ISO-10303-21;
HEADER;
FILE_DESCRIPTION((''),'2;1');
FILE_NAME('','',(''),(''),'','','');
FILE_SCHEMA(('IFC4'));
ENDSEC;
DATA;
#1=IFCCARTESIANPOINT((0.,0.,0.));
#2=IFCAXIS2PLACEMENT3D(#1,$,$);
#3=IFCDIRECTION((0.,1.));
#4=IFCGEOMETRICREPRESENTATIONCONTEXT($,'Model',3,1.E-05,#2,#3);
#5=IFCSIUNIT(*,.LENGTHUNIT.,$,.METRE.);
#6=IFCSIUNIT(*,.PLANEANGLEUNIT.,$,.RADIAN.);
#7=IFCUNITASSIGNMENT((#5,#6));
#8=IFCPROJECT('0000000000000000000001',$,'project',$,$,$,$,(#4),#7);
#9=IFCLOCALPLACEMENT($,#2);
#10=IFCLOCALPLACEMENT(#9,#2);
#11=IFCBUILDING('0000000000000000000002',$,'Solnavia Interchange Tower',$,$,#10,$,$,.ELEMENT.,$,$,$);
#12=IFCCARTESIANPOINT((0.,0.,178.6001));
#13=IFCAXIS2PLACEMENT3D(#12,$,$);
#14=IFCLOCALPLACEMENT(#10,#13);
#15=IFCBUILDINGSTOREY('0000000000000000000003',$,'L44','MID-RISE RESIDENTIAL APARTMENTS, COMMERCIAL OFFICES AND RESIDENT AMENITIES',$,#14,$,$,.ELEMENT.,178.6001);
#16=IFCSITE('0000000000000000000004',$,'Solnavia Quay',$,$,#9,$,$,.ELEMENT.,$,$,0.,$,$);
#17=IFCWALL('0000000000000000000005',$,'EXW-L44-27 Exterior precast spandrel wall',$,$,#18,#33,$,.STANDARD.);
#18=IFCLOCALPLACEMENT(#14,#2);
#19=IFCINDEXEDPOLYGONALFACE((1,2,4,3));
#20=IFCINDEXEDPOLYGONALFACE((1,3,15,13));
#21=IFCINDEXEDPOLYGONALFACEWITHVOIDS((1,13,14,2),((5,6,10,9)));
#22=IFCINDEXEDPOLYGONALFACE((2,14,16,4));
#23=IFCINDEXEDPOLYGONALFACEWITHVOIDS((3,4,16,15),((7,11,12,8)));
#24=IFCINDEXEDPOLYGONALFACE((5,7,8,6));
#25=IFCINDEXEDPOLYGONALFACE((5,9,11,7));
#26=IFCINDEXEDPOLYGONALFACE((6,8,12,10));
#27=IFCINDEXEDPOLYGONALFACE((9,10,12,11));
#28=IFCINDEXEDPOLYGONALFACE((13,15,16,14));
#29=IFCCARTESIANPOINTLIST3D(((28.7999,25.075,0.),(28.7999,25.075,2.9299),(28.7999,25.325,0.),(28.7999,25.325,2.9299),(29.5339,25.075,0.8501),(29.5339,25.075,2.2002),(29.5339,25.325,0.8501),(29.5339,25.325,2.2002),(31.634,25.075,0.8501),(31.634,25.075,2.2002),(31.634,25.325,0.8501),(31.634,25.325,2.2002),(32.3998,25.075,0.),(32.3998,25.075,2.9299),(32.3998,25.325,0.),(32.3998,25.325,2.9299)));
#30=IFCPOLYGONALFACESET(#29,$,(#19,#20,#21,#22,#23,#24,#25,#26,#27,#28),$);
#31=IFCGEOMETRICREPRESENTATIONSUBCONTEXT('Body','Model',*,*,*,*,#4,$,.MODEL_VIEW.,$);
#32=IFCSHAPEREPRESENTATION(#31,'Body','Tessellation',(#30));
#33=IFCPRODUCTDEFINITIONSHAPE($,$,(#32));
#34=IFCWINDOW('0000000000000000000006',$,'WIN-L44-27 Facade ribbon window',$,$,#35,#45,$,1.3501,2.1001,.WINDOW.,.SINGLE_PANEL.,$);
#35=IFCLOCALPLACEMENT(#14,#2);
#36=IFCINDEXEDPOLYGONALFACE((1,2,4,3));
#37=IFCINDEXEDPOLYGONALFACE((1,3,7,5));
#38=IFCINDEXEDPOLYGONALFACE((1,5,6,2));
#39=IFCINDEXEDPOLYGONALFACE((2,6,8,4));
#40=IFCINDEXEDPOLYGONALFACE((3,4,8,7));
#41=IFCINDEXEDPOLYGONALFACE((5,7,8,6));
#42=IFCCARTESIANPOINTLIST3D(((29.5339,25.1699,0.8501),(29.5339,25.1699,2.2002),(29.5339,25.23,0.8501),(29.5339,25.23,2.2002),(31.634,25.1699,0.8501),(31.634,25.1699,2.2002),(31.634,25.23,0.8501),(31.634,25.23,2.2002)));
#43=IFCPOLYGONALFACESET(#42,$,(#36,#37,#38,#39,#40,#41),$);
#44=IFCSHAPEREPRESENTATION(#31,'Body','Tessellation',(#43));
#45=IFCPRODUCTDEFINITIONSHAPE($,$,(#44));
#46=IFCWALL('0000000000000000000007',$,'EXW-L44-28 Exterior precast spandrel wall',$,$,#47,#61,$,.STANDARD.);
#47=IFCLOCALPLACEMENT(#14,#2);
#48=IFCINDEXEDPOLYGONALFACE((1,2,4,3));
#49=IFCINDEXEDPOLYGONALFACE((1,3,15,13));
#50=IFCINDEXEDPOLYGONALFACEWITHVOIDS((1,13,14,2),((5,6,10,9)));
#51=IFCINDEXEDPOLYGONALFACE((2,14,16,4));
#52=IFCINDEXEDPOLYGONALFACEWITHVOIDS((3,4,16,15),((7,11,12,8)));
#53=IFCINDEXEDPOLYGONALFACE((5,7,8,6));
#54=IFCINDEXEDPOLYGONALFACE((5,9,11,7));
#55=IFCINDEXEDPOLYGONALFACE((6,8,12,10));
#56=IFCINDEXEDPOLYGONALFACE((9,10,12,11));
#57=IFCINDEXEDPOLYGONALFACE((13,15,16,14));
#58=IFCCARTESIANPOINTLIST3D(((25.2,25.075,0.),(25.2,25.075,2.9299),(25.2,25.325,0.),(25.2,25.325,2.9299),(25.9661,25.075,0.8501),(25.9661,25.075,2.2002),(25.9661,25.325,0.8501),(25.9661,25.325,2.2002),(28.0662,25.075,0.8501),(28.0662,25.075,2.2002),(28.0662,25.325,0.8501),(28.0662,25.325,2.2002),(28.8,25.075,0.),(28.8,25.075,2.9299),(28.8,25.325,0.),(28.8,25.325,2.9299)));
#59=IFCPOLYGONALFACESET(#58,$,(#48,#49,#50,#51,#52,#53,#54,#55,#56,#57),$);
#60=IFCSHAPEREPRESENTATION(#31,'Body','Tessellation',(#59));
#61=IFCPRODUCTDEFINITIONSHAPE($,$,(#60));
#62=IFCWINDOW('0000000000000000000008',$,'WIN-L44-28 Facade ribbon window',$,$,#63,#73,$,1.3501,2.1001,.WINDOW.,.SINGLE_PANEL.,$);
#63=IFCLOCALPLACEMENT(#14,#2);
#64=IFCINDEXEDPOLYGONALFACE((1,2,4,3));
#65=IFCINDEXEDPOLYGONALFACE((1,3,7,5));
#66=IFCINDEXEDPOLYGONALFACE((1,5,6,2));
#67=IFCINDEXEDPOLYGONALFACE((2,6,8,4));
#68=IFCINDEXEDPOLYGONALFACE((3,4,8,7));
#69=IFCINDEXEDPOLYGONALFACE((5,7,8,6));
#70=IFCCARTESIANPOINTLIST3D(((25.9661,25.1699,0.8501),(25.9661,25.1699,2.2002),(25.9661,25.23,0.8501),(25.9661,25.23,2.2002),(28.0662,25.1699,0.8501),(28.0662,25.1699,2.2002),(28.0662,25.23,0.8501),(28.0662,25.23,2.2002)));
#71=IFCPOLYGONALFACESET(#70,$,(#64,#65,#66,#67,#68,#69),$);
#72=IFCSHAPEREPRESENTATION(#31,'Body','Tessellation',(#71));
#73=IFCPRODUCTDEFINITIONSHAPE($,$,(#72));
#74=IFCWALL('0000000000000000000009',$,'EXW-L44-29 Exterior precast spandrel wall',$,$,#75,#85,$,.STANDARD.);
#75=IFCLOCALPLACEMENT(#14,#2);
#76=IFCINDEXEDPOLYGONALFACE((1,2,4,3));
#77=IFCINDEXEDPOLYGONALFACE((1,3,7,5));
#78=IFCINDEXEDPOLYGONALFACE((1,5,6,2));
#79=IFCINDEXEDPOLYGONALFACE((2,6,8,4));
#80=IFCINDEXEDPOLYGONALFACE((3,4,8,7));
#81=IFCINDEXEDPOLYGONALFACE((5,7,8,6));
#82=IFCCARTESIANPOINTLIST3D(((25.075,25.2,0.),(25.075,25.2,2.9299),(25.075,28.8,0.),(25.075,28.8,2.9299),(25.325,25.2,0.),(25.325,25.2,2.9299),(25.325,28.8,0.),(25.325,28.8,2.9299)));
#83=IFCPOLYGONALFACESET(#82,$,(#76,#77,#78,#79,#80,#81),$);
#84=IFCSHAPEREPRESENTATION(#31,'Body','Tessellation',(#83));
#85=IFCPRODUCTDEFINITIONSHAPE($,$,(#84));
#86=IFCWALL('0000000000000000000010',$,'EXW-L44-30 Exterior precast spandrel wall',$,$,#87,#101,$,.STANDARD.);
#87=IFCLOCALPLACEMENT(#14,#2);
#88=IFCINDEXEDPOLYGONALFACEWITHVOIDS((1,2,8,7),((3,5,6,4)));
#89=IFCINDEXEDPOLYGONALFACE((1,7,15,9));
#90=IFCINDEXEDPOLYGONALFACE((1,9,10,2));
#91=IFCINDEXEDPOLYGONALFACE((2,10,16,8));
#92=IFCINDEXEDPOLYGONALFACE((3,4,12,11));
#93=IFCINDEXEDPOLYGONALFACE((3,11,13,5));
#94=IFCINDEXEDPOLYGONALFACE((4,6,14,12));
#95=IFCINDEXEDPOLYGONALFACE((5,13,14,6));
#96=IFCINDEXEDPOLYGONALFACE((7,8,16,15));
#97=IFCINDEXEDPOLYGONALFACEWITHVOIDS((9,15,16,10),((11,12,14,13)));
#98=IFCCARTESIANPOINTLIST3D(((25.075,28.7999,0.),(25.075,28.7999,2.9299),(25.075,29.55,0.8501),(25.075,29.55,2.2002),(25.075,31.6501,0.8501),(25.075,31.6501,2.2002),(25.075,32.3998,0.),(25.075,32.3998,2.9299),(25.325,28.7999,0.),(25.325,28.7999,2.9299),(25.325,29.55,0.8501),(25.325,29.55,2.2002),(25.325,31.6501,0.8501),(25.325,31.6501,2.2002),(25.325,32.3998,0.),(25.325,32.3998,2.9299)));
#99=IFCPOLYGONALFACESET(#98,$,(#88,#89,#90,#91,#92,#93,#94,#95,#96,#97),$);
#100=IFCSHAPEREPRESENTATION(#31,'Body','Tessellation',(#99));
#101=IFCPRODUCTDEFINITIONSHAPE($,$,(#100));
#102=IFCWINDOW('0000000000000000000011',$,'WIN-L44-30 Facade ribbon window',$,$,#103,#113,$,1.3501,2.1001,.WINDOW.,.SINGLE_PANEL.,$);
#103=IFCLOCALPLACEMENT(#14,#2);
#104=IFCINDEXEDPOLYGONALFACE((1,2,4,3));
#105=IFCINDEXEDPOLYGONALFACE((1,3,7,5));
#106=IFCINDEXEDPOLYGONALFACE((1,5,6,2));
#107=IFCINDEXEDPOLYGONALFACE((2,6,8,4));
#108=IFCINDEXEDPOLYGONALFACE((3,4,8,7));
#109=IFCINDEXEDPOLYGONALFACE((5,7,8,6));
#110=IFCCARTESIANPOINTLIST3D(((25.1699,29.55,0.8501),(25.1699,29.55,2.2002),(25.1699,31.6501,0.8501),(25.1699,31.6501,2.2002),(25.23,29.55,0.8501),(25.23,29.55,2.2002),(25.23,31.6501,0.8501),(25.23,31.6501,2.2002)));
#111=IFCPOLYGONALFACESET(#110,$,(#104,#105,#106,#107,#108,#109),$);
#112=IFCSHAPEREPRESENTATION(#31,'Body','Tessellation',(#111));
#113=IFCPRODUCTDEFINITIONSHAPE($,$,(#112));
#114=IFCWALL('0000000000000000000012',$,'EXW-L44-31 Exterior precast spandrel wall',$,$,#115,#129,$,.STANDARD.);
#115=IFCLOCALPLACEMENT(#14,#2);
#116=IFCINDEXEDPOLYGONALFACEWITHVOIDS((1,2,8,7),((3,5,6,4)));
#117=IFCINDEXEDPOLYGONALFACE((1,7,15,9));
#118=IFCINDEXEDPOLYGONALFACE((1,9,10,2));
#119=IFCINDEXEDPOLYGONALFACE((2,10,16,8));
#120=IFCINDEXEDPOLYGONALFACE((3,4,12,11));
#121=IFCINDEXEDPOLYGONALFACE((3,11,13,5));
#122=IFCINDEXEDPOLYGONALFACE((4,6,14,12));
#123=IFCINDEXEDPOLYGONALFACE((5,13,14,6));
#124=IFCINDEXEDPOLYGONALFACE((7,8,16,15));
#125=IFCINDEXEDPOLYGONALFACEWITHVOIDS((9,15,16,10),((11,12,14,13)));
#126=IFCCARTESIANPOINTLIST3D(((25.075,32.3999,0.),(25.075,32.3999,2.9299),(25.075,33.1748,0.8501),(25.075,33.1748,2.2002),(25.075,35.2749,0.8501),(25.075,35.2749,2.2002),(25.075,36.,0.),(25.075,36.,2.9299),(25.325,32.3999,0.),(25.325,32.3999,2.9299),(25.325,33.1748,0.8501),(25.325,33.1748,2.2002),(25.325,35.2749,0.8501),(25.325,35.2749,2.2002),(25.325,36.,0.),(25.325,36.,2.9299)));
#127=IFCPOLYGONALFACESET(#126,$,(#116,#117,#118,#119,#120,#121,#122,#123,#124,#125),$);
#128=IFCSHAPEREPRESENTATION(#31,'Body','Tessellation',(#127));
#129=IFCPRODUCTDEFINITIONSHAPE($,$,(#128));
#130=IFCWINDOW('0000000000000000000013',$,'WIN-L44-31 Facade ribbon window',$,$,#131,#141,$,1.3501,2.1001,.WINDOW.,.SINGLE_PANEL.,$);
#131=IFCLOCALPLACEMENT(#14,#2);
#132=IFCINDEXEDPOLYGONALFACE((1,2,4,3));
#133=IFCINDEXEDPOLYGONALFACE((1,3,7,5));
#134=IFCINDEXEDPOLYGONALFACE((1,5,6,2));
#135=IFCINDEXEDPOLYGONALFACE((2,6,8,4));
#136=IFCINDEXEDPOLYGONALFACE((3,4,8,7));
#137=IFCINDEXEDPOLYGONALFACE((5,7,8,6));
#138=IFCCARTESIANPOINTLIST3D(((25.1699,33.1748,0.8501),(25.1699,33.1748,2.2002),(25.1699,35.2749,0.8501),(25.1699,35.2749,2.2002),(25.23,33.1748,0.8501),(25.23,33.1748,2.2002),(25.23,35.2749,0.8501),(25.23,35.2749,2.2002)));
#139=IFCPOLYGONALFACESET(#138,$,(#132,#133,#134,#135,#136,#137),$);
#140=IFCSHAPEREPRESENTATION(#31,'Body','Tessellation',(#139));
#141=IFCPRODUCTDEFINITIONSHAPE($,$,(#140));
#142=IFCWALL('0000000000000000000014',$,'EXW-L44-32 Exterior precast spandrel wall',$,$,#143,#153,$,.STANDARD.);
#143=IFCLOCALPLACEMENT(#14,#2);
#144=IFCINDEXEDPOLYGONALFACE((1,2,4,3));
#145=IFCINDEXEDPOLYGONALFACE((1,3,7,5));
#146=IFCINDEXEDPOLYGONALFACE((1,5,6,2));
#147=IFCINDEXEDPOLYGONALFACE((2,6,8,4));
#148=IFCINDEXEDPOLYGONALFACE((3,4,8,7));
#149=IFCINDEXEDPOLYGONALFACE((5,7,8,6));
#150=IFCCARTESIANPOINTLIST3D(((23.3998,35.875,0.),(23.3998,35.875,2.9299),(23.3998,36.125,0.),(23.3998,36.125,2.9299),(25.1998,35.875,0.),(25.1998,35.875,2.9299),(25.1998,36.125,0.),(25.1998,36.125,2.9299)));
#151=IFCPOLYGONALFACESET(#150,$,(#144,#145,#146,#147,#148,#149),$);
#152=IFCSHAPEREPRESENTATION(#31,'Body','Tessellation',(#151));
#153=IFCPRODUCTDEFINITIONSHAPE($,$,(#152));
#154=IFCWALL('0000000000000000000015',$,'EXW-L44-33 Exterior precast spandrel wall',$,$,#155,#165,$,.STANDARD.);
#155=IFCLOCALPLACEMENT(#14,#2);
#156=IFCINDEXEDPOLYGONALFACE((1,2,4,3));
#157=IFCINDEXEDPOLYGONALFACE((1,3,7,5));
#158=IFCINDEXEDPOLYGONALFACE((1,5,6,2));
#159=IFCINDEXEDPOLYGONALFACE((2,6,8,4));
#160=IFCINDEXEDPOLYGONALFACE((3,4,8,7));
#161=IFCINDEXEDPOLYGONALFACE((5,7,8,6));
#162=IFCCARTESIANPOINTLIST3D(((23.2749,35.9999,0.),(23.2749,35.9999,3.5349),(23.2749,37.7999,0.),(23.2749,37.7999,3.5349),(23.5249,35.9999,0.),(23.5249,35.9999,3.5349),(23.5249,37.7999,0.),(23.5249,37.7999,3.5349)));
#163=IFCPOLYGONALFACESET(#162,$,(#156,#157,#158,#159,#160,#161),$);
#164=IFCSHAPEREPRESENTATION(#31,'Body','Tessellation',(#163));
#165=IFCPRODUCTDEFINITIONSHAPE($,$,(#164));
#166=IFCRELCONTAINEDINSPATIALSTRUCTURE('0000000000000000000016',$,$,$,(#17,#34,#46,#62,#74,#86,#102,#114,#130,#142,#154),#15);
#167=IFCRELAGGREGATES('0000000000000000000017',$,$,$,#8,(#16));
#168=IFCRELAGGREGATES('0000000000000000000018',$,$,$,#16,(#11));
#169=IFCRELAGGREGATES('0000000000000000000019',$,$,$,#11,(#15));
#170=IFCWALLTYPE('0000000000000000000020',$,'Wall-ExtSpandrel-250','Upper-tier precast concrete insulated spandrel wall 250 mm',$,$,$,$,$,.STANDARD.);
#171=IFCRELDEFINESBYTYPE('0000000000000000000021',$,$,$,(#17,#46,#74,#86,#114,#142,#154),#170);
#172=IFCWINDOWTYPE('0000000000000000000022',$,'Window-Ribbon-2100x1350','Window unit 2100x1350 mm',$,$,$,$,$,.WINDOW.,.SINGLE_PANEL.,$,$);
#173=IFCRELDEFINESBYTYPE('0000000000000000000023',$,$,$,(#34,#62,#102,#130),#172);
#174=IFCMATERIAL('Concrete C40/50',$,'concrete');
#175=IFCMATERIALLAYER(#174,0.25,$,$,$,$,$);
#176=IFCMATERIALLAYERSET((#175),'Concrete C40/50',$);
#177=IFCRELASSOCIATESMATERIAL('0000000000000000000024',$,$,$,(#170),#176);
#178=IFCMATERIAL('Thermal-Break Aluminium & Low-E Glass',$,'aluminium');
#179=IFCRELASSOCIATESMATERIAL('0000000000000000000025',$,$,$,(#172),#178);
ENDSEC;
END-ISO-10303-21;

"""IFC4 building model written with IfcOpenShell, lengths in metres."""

from ifc_helpers import new_model, si_unit, direction, frame, frame_2d, origin, place, context, subcontext, project, spatial, rectangle, extrude, material, layer, layer_set, type_object, element, fill, save


model = new_model("IFC4")

# Units and contexts
model_context = context("Model", 3, precision=1e-05, world=origin(), true_north=direction((0.0, 1.0)))
body_context = subcontext(model_context, "Body", "Model", "MODEL_VIEW")
ifc_project = project(units=[si_unit("LENGTHUNIT", "METRE"), si_unit("PLANEANGLEUNIT", "RADIAN")], contexts=[model_context])

# Site, building, storey
site_placement = place(None, origin())
site = spatial("IfcSite", under=ifc_project, at=site_placement, Name="Solnavia Quay", CompositionType="ELEMENT", RefElevation=0.0)
building_placement = place(site_placement, origin())
building = spatial("IfcBuilding", under=site, at=building_placement, Name="Solnavia Interchange Tower", CompositionType="ELEMENT")
storey_placement = place(building_placement, frame((0.0, 0.0, 178.6001)))
storey = spatial("IfcBuildingStorey", under=building, at=storey_placement, Name="L44", Description="MID-RISE RESIDENTIAL APARTMENTS, COMMERCIAL OFFICES AND RESIDENT AMENITIES", CompositionType="ELEMENT", Elevation=178.6001)

# Shared definitions
ifc_material_1 = material(Name="Concrete C40/50", Category="concrete")
ifc_layer = layer(ifc_material_1, 0.25)
ifc_layer_set = layer_set([ifc_layer], Name="Concrete C40/50")
wall_type = type_object("IfcWallType", Name="Wall-ExtSpandrel-250", Description="Upper-tier precast concrete insulated spandrel wall 250 mm", PredefinedType="STANDARD", material=ifc_layer_set)

# Walls, openings, windows
wall_1_placement = place(storey_placement, frame((28.8, 25.2, 0.0), z_axis=(0.0, 0.0, 1.0), x_axis=(1.0, 0.0, 0.0)))
wall_1 = element("IfcWall", 1, at=wall_1_placement, inside=storey, type_object=wall_type, Name="EXW-L44-27 Exterior precast spandrel wall", PredefinedType="STANDARD", context=body_context, shape_type="SweptSolid", body=[
    extrude(rectangle(XDim=3.5999, YDim=0.25, at=frame_2d((1.7998, 0.0))), origin(), (0.0, 0.0, 1.0), 2.9299),
])
opening_1_placement = place(wall_1_placement, frame((0.7339, 0.0, 0.8501)))
opening_1 = element("IfcOpeningElement", 2, at=opening_1_placement, cuts=wall_1, PredefinedType="OPENING", context=body_context, shape_type="SweptSolid", body=[
    extrude(rectangle(XDim=2.1001, YDim=1.3501, at=frame_2d((1.05, 0.675))), frame((0.0, 0.135, 0.0), z_axis=(0.0, -1.0, 0.0), x_axis=(1.0, 0.0, 0.0)), (0.0, 0.0, 1.0), 0.27),
])
ifc_material_2 = material(Name="Thermal-Break Aluminium & Low-E Glass", Category="aluminium")
window_type = type_object("IfcWindowType", Name="Window-Ribbon-2100x1350", Description="Window unit 2100x1350 mm", PartitioningType="SINGLE_PANEL", PredefinedType="WINDOW", material=ifc_material_2)
window_1_placement = place(opening_1_placement, origin())
window_1 = element("IfcWindow", 3, at=window_1_placement, inside=storey, type_object=window_type, Name="WIN-L44-27 Facade ribbon window", OverallHeight=1.3501, OverallWidth=2.1001, PartitioningType="SINGLE_PANEL", PredefinedType="WINDOW", context=body_context, shape_type="SweptSolid", body=[
    extrude(rectangle(XDim=2.1001, YDim=1.3501, at=frame_2d((1.05, 0.675))), frame((0.0, 0.03, 0.0), z_axis=(0.0, -1.0, 0.0), x_axis=(1.0, 0.0, 0.0)), (0.0, 0.0, 1.0), 0.0601),
])
fill(opening_1, window_1)
wall_2_placement = place(storey_placement, frame((25.2, 25.2, 0.0), z_axis=(0.0, 0.0, 1.0), x_axis=(1.0, 0.0, 0.0)))
wall_2 = element("IfcWall", 4, at=wall_2_placement, inside=storey, type_object=wall_type, Name="EXW-L44-28 Exterior precast spandrel wall", PredefinedType="STANDARD", context=body_context, shape_type="SweptSolid", body=[
    extrude(rectangle(XDim=3.6001, YDim=0.25, at=frame_2d((1.8, 0.0))), origin(), (0.0, 0.0, 1.0), 2.9299),
])
opening_2_placement = place(wall_2_placement, frame((0.7661, 0.0, 0.8501)))
opening_2 = element("IfcOpeningElement", 5, at=opening_2_placement, cuts=wall_2, PredefinedType="OPENING", context=body_context, shape_type="SweptSolid", body=[
    extrude(rectangle(XDim=2.1001, YDim=1.3501, at=frame_2d((1.05, 0.675))), frame((0.0, 0.135, 0.0), z_axis=(0.0, -1.0, 0.0), x_axis=(1.0, 0.0, 0.0)), (0.0, 0.0, 1.0), 0.27),
])
window_2_placement = place(opening_2_placement, origin())
window_2 = element("IfcWindow", 6, at=window_2_placement, inside=storey, type_object=window_type, Name="WIN-L44-28 Facade ribbon window", OverallHeight=1.3501, OverallWidth=2.1001, PartitioningType="SINGLE_PANEL", PredefinedType="WINDOW", context=body_context, shape_type="SweptSolid", body=[
    extrude(rectangle(XDim=2.1001, YDim=1.3501, at=frame_2d((1.05, 0.675))), frame((0.0, 0.03, 0.0), z_axis=(0.0, -1.0, 0.0), x_axis=(1.0, 0.0, 0.0)), (0.0, 0.0, 1.0), 0.0601),
])
fill(opening_2, window_2)

# Wall
wall_3_placement = place(storey_placement, frame((25.2, 25.2, 0.0), z_axis=(0.0, 0.0, 1.0), x_axis=(0.0, 1.0, 0.0)))
element("IfcWall", 7, at=wall_3_placement, inside=storey, type_object=wall_type, Name="EXW-L44-29 Exterior precast spandrel wall", PredefinedType="STANDARD", context=body_context, shape_type="SweptSolid", body=[
    extrude(rectangle(XDim=3.6001, YDim=0.25, at=frame_2d((1.8, 0.0))), origin(), (0.0, 0.0, 1.0), 2.9299),
])

# Walls, openings, windows
wall_4_placement = place(storey_placement, frame((25.2, 28.8, 0.0), z_axis=(0.0, 0.0, 1.0), x_axis=(0.0, 1.0, 0.0)))
wall_4 = element("IfcWall", 8, at=wall_4_placement, inside=storey, type_object=wall_type, Name="EXW-L44-30 Exterior precast spandrel wall", PredefinedType="STANDARD", context=body_context, shape_type="SweptSolid", body=[
    extrude(rectangle(XDim=3.5999, YDim=0.25, at=frame_2d((1.7998, 0.0))), origin(), (0.0, 0.0, 1.0), 2.9299),
])
opening_3_placement = place(wall_4_placement, frame((0.75, 0.0, 0.8501)))
opening_3 = element("IfcOpeningElement", 9, at=opening_3_placement, cuts=wall_4, PredefinedType="OPENING", context=body_context, shape_type="SweptSolid", body=[
    extrude(rectangle(XDim=2.1001, YDim=1.3501, at=frame_2d((1.05, 0.675))), frame((0.0, 0.135, 0.0), z_axis=(0.0, -1.0, 0.0), x_axis=(1.0, 0.0, 0.0)), (0.0, 0.0, 1.0), 0.27),
])
window_3_placement = place(opening_3_placement, origin())
window_3 = element("IfcWindow", 10, at=window_3_placement, inside=storey, type_object=window_type, Name="WIN-L44-30 Facade ribbon window", OverallHeight=1.3501, OverallWidth=2.1001, PartitioningType="SINGLE_PANEL", PredefinedType="WINDOW", context=body_context, shape_type="SweptSolid", body=[
    extrude(rectangle(XDim=2.1001, YDim=1.3501, at=frame_2d((1.05, 0.675))), frame((0.0, 0.03, 0.0), z_axis=(0.0, -1.0, 0.0), x_axis=(1.0, 0.0, 0.0)), (0.0, 0.0, 1.0), 0.0601),
])
fill(opening_3, window_3)
wall_5_placement = place(storey_placement, frame((25.2, 32.3999, 0.0), z_axis=(0.0, 0.0, 1.0), x_axis=(0.0, 1.0, 0.0)))
wall_5 = element("IfcWall", 11, at=wall_5_placement, inside=storey, type_object=wall_type, Name="EXW-L44-31 Exterior precast spandrel wall", PredefinedType="STANDARD", context=body_context, shape_type="SweptSolid", body=[
    extrude(rectangle(XDim=3.6001, YDim=0.25, at=frame_2d((1.8, 0.0))), origin(), (0.0, 0.0, 1.0), 2.9299),
])
opening_4_placement = place(wall_5_placement, frame((0.7749, 0.0, 0.8501)))
opening_4 = element("IfcOpeningElement", 12, at=opening_4_placement, cuts=wall_5, PredefinedType="OPENING", context=body_context, shape_type="SweptSolid", body=[
    extrude(rectangle(XDim=2.1001, YDim=1.3501, at=frame_2d((1.05, 0.675))), frame((0.0, 0.135, 0.0), z_axis=(0.0, -1.0, 0.0), x_axis=(1.0, 0.0, 0.0)), (0.0, 0.0, 1.0), 0.27),
])
window_4_placement = place(opening_4_placement, origin())
window_4 = element("IfcWindow", 13, at=window_4_placement, inside=storey, type_object=window_type, Name="WIN-L44-31 Facade ribbon window", OverallHeight=1.3501, OverallWidth=2.1001, PartitioningType="SINGLE_PANEL", PredefinedType="WINDOW", context=body_context, shape_type="SweptSolid", body=[
    extrude(rectangle(XDim=2.1001, YDim=1.3501, at=frame_2d((1.05, 0.675))), frame((0.0, 0.03, 0.0), z_axis=(0.0, -1.0, 0.0), x_axis=(1.0, 0.0, 0.0)), (0.0, 0.0, 1.0), 0.0601),
])
fill(opening_4, window_4)

# Walls
wall_6_placement = place(storey_placement, frame((23.3999, 36.0, 0.0), z_axis=(0.0, 0.0, 1.0), x_axis=(1.0, 0.0, 0.0)))
element("IfcWall", 14, at=wall_6_placement, inside=storey, type_object=wall_type, Name="EXW-L44-32 Exterior precast spandrel wall", PredefinedType="STANDARD", context=body_context, shape_type="SweptSolid", body=[
    extrude(rectangle(XDim=1.8, YDim=0.25, at=frame_2d((0.8999, 0.0))), origin(), (0.0, 0.0, 1.0), 2.9299),
])
wall_7_placement = place(storey_placement, frame((23.3999, 36.0, 0.0), z_axis=(0.0, 0.0, 1.0), x_axis=(0.0, 1.0, 0.0)))
element("IfcWall", 15, at=wall_7_placement, inside=storey, type_object=wall_type, Name="EXW-L44-33 Exterior precast spandrel wall", PredefinedType="STANDARD", context=body_context, shape_type="SweptSolid", body=[
    extrude(rectangle(XDim=1.8, YDim=0.25, at=frame_2d((0.8999, 0.0))), origin(), (0.0, 0.0, 1.0), 3.5349),
])

save(model, "model.ifc")
